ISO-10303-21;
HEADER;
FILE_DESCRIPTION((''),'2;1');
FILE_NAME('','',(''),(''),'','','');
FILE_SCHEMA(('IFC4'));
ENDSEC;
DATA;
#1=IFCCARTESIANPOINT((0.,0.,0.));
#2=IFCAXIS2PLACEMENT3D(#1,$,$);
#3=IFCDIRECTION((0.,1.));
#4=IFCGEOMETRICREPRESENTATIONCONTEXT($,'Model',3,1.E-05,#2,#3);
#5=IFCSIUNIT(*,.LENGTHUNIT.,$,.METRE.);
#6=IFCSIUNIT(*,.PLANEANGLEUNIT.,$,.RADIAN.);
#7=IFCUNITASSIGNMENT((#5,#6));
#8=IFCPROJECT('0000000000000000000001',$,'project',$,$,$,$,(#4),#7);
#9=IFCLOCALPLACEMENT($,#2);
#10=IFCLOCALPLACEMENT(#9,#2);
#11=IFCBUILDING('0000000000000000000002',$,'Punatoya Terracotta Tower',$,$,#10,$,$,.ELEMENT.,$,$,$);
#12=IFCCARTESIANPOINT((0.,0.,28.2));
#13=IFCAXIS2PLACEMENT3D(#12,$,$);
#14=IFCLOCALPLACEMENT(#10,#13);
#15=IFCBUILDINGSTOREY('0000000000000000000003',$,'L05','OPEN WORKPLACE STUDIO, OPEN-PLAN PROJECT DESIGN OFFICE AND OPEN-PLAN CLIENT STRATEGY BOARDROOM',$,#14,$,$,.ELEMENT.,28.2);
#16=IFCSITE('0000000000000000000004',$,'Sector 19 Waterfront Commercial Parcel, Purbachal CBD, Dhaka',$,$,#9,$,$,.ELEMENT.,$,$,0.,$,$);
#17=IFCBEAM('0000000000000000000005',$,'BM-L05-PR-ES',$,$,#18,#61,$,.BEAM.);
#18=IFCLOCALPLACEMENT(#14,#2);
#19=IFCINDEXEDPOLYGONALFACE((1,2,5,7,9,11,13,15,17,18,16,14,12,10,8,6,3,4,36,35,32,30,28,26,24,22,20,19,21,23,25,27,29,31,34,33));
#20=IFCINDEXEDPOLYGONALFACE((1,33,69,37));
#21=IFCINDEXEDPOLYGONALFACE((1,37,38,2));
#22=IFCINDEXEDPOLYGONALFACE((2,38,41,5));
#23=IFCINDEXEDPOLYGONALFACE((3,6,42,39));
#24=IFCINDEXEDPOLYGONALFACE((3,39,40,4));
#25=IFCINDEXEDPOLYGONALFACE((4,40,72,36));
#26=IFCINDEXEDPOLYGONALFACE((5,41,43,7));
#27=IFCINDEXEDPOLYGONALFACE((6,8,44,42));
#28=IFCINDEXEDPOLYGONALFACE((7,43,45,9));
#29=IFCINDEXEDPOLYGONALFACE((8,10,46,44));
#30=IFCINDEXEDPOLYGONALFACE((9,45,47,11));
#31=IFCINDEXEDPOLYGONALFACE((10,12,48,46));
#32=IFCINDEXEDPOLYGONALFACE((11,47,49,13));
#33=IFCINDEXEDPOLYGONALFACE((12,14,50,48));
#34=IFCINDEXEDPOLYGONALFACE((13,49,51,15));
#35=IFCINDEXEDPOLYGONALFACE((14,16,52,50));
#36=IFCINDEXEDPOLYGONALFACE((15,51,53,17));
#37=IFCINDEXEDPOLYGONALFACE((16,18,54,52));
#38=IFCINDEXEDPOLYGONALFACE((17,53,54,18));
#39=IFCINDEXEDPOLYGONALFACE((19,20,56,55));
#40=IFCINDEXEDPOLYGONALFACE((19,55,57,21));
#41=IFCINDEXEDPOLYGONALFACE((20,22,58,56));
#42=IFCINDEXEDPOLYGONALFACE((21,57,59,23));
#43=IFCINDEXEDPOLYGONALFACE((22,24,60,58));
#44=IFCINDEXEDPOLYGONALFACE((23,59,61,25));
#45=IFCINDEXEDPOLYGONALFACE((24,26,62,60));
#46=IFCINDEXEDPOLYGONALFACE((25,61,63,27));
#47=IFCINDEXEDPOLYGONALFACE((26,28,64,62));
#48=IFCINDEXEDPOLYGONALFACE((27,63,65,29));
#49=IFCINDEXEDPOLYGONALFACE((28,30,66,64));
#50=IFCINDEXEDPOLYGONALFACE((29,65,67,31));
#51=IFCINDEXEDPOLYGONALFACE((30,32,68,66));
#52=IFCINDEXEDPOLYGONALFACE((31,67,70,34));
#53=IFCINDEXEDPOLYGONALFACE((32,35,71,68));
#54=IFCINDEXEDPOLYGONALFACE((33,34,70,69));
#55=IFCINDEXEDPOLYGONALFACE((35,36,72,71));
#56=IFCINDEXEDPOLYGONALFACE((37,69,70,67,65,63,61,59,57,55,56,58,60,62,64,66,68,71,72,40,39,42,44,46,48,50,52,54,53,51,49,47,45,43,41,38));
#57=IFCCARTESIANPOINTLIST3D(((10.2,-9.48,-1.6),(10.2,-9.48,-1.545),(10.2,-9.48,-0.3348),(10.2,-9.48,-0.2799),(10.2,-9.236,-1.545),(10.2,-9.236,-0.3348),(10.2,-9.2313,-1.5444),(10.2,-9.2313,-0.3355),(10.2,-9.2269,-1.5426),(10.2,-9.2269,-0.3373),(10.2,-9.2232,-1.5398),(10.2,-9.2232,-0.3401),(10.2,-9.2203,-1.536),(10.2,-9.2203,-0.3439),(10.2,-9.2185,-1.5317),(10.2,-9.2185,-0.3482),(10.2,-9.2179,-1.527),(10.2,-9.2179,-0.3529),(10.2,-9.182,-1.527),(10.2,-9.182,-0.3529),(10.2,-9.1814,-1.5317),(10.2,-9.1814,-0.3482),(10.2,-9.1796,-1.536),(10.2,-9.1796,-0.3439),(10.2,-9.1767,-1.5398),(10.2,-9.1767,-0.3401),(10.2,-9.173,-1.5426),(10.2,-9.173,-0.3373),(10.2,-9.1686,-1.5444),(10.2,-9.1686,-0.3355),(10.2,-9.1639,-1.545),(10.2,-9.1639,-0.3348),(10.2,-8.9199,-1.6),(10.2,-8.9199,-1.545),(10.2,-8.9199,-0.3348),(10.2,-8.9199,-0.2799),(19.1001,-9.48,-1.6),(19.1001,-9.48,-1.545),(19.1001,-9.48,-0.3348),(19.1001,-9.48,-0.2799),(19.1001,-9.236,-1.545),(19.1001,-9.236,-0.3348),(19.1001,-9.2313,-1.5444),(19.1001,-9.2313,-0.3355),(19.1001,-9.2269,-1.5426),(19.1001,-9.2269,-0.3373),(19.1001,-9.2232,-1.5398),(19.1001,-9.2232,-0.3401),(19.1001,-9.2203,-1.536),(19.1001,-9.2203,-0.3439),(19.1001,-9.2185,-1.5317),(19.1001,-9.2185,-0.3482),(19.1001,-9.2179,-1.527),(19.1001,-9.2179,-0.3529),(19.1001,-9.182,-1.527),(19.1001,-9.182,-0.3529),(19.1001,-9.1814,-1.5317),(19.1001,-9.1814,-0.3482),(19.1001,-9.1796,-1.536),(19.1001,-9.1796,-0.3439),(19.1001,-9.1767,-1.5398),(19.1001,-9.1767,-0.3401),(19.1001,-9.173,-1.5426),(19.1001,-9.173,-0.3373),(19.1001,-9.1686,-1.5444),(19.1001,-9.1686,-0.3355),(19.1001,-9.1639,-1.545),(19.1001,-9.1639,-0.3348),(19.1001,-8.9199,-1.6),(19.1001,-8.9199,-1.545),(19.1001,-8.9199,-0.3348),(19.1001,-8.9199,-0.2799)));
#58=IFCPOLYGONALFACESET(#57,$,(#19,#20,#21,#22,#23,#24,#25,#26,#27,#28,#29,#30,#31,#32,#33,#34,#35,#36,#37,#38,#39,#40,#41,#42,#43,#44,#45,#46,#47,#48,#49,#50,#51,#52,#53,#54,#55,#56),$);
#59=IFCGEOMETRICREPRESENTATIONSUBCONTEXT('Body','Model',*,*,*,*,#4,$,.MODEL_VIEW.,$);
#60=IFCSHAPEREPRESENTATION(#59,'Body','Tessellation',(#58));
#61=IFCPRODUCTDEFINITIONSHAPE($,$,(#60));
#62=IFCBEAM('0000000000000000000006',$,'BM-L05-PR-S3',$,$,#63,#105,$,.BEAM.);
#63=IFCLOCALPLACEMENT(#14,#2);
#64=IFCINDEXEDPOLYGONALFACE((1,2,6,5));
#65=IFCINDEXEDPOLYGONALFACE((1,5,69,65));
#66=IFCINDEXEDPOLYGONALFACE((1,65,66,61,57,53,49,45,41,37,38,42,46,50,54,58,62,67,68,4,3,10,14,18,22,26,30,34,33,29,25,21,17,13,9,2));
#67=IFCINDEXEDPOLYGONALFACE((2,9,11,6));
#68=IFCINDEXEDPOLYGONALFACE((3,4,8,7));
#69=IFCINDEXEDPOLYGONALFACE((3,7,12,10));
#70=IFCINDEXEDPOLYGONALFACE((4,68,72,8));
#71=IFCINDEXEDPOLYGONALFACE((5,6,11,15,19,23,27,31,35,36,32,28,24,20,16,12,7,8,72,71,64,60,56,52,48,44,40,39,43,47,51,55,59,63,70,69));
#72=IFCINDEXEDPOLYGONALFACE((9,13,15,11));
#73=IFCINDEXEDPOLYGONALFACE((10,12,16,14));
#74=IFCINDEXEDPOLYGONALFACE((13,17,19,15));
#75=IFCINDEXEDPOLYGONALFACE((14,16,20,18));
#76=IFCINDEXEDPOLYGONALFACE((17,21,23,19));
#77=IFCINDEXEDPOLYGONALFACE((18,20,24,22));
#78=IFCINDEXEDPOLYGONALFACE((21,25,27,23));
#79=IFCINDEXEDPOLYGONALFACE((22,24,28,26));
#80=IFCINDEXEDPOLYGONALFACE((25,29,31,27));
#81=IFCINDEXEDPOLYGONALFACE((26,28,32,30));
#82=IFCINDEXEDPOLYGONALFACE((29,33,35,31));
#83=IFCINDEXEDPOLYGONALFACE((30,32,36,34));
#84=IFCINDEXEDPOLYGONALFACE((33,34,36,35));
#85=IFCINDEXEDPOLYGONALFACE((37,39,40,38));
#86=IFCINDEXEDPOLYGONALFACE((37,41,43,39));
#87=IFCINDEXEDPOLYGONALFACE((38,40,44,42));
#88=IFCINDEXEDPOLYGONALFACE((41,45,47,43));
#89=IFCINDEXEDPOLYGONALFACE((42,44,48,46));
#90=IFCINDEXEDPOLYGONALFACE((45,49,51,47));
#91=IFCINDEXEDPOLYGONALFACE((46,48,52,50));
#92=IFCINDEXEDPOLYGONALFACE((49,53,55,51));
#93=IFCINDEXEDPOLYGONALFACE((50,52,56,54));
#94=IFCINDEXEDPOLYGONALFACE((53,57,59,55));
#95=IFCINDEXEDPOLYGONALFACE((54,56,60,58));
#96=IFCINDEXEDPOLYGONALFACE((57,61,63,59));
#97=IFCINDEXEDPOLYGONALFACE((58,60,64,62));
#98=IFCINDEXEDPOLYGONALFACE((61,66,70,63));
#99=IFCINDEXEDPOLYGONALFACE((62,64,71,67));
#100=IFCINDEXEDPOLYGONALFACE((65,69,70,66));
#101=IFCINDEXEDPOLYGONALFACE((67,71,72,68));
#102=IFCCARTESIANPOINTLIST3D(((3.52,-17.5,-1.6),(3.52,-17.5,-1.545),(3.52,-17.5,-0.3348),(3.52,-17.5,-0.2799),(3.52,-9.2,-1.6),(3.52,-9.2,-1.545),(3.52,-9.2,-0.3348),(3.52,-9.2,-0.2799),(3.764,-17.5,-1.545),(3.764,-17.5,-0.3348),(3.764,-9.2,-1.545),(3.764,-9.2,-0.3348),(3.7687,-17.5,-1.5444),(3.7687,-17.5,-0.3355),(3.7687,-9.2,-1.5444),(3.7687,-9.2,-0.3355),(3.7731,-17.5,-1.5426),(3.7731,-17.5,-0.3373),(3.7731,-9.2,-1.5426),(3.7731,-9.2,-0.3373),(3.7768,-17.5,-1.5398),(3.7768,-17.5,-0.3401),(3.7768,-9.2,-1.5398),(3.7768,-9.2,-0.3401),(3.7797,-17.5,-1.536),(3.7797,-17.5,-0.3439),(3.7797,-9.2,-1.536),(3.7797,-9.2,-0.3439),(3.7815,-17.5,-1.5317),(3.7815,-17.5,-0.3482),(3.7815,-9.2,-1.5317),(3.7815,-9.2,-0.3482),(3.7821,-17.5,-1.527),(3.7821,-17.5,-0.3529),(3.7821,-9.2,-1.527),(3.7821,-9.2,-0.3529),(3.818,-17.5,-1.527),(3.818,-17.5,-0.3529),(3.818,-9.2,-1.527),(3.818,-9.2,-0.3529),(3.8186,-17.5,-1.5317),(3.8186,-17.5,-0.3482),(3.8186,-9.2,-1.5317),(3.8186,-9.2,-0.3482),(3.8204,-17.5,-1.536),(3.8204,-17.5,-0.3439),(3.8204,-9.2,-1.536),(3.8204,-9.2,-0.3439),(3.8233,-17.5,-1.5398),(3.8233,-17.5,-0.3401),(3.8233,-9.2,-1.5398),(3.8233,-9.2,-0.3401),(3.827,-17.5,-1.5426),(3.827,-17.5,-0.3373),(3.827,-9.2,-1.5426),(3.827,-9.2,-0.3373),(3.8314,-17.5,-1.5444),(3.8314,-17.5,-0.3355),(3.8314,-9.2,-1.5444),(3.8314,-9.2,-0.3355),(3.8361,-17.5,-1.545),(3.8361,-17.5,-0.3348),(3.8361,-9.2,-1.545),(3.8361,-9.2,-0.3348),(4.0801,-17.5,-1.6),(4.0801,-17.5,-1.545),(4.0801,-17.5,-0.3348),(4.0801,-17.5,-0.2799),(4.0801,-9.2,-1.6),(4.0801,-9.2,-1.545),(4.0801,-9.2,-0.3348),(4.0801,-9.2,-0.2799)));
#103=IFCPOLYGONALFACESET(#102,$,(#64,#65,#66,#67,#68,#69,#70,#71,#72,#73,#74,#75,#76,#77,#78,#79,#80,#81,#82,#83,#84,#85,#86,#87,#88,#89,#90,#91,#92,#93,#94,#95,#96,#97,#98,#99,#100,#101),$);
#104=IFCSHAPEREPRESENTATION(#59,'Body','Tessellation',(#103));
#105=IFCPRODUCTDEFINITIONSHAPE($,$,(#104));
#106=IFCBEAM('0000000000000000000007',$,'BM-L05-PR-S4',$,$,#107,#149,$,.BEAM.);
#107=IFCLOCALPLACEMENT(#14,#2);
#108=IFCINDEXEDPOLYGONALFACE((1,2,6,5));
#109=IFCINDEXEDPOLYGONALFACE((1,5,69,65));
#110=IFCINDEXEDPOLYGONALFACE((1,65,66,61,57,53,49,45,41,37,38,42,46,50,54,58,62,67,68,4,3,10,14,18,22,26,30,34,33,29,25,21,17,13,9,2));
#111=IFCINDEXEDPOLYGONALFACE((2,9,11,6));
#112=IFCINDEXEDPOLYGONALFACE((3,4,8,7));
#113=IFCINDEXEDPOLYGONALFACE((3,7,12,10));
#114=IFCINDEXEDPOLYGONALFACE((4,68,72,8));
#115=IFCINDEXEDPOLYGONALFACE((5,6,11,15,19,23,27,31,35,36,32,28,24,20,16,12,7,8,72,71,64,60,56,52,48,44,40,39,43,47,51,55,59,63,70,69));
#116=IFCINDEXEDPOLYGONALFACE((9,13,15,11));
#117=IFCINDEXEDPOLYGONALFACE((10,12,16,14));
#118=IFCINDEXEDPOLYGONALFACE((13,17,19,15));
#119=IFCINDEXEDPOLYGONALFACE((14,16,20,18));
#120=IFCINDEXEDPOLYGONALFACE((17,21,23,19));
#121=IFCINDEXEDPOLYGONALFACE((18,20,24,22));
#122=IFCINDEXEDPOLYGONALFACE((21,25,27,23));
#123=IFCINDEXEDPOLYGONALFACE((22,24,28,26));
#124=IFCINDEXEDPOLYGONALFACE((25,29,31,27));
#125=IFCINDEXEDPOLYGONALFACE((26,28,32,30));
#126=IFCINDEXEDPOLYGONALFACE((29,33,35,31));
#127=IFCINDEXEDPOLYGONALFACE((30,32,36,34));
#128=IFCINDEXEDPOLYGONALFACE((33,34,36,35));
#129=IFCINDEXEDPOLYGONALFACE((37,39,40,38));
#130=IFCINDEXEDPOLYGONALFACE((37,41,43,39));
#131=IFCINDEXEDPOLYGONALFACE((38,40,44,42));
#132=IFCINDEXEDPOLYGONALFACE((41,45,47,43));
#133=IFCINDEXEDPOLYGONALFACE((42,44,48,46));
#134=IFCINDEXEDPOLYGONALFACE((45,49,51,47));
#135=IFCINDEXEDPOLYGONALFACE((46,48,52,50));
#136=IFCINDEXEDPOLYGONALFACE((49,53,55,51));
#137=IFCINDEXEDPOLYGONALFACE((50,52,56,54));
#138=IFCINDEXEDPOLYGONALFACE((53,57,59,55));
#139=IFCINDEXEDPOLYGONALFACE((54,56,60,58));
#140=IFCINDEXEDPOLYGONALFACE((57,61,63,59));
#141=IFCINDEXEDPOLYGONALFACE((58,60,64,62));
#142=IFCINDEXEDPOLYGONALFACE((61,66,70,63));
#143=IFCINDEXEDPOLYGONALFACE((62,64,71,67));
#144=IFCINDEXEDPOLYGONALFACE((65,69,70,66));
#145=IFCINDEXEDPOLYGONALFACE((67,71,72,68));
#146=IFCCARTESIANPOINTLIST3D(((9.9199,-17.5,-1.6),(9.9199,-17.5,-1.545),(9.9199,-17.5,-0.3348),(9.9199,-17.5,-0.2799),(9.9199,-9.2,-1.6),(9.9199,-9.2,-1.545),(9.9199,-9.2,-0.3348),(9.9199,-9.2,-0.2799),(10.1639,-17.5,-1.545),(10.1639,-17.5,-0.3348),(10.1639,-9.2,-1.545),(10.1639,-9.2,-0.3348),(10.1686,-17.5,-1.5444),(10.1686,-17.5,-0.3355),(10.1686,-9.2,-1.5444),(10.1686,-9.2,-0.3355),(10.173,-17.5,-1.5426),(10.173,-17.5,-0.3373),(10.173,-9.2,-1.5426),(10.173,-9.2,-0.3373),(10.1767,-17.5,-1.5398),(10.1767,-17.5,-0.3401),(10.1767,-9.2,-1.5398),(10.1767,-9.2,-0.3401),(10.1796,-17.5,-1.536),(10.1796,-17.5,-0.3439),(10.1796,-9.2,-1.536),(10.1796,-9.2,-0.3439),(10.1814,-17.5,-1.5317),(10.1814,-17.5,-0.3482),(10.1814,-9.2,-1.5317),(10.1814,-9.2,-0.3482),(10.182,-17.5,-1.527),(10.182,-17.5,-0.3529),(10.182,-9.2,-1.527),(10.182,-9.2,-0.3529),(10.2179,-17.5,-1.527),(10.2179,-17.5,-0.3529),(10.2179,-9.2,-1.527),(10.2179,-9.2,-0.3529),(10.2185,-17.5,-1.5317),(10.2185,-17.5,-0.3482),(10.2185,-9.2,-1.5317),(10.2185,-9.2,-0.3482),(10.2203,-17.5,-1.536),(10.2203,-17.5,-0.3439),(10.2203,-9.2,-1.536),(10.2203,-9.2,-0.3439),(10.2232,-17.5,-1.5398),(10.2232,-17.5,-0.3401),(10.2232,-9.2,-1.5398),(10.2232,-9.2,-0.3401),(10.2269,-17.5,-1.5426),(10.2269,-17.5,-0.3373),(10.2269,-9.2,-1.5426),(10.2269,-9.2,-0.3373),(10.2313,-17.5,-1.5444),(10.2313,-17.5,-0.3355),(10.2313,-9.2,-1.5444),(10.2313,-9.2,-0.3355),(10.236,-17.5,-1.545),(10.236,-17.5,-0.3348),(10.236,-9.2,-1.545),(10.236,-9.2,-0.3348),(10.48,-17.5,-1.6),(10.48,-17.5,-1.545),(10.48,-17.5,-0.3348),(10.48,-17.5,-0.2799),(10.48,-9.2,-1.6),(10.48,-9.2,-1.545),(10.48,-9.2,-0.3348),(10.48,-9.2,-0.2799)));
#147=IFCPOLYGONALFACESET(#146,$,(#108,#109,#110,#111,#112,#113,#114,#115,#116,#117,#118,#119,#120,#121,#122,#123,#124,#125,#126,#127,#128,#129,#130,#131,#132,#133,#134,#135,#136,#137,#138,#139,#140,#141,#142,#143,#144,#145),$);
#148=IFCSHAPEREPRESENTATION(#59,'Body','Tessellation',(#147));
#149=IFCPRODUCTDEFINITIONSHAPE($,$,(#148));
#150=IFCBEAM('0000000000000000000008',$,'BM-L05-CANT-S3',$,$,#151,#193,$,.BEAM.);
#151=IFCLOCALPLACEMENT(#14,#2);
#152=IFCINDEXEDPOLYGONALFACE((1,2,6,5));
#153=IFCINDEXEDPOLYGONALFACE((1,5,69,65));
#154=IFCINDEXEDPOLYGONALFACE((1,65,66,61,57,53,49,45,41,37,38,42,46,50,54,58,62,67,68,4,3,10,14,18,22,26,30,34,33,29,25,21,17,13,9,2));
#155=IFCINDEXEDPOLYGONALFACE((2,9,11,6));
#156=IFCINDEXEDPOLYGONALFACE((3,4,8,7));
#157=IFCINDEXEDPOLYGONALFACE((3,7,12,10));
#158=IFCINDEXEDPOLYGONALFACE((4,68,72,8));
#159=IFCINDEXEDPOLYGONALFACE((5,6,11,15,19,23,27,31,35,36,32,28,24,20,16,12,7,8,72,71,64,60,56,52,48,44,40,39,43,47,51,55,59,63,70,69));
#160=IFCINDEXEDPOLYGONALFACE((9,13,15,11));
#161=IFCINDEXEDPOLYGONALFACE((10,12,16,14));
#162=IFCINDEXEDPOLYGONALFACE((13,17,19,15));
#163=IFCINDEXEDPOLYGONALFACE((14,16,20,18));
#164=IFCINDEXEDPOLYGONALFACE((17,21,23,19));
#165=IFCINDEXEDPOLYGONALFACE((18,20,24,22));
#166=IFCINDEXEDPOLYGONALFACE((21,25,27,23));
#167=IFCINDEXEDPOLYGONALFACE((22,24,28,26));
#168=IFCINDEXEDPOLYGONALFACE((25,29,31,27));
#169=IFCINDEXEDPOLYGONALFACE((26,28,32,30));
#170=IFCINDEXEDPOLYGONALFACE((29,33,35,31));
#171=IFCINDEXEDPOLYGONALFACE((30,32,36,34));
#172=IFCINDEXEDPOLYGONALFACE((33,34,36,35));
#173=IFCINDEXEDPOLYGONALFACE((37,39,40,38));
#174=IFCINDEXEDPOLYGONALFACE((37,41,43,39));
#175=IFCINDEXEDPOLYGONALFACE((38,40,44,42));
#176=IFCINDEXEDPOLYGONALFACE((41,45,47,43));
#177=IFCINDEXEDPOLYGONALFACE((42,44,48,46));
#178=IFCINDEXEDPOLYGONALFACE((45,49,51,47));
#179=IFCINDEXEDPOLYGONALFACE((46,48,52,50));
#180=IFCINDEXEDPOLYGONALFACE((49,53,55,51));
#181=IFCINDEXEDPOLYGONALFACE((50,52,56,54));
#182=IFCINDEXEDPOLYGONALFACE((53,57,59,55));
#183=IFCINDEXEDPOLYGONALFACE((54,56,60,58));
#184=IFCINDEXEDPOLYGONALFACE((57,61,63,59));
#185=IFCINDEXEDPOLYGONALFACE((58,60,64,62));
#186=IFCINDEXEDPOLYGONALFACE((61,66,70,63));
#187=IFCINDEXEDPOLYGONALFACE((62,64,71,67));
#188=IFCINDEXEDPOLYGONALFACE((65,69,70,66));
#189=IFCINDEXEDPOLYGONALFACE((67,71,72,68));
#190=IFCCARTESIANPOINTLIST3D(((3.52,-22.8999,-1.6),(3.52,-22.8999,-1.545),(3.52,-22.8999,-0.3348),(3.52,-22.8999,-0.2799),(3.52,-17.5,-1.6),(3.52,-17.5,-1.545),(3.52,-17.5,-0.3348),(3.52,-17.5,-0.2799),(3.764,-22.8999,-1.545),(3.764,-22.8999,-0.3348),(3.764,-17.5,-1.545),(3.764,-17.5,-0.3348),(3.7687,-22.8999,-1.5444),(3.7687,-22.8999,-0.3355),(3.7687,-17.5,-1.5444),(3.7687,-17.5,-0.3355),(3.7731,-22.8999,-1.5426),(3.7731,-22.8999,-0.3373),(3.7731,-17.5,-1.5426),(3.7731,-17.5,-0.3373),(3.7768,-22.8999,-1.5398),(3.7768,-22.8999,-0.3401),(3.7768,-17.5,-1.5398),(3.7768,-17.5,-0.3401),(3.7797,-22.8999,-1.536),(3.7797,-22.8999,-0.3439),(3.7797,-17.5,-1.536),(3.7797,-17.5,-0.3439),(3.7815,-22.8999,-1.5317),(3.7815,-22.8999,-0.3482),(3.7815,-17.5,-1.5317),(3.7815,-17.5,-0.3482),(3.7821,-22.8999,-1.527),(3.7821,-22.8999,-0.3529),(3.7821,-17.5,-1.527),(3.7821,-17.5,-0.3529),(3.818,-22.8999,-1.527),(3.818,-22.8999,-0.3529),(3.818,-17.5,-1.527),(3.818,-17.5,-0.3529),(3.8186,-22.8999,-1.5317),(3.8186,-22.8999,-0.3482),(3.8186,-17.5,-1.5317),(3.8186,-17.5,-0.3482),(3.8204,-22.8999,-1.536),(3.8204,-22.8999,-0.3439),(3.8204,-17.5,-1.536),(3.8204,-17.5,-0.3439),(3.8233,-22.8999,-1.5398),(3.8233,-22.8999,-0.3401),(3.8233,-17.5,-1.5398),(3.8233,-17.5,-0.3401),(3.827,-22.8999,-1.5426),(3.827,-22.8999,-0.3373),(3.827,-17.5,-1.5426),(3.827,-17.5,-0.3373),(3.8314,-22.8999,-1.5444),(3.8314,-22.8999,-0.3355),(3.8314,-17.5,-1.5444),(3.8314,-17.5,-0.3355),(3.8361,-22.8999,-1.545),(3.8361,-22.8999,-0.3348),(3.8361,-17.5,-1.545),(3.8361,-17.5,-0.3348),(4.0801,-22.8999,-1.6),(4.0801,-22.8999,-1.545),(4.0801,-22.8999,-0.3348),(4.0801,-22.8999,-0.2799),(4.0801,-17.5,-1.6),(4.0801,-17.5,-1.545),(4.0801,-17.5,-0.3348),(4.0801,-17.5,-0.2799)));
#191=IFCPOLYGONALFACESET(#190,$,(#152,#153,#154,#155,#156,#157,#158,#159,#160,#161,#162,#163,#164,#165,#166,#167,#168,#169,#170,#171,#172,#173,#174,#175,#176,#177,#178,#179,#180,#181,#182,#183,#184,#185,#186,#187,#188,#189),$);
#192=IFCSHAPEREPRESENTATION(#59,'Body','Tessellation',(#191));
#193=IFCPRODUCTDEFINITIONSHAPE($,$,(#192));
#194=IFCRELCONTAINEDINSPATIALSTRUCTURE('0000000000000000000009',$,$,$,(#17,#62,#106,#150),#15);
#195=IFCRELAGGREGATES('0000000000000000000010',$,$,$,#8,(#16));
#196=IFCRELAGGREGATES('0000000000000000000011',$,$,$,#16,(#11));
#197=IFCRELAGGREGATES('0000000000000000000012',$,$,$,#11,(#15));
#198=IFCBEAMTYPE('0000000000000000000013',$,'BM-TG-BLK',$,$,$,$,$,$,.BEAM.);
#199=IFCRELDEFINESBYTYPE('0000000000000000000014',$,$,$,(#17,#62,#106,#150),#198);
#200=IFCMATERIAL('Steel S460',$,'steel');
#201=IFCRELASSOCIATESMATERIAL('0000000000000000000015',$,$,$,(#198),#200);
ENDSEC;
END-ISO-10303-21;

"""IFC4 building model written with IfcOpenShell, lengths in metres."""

from ifc_helpers import new_model, si_unit, direction, frame, origin, origin_2d, place, context, subcontext, project, spatial, i_section, extrude, material, material_profile, profile_set, type_object, element, save


model = new_model("IFC4")

# Units and contexts
model_context = context("Model", 3, precision=1e-05, world=origin(), true_north=direction((0.0, 1.0)))
body_context = subcontext(model_context, "Body", "Model", "MODEL_VIEW")
ifc_project = project(units=[si_unit("LENGTHUNIT", "METRE"), si_unit("PLANEANGLEUNIT", "RADIAN")], contexts=[model_context])

# Site, building, storey
site_placement = place(None, origin())
site = spatial("IfcSite", under=ifc_project, at=site_placement, Name="Sector 19 Waterfront Commercial Parcel, Purbachal CBD, Dhaka", CompositionType="ELEMENT", RefElevation=0.0)
building_placement = place(site_placement, origin())
building = spatial("IfcBuilding", under=site, at=building_placement, Name="Punatoya Terracotta Tower", CompositionType="ELEMENT")
storey_placement = place(building_placement, frame((0.0, 0.0, 28.2)))
storey = spatial("IfcBuildingStorey", under=building, at=storey_placement, Name="L05", Description="OPEN WORKPLACE STUDIO, OPEN-PLAN PROJECT DESIGN OFFICE AND OPEN-PLAN CLIENT STRATEGY BOARDROOM", CompositionType="ELEMENT", Elevation=28.2)

# Shared definitions
ifc_material_1 = material(Name="Steel S460", Category="steel")

# Beams
ifc_material_profile_1 = material_profile(ifc_material_1, i_section(OverallWidth=0.5601, OverallDepth=1.3201, WebThickness=0.0359, FlangeThickness=0.0549, FilletRadius=0.0181, at=origin_2d()))
ifc_profile_set_1 = profile_set([ifc_material_profile_1], Name="Steel S460")
beam_type_1 = type_object("IfcBeamType", Name="BM-TG-BLK", PredefinedType="BEAM", material=ifc_profile_set_1)
beam_1_placement = place(storey_placement, frame((10.2, -9.2, -0.9399), z_axis=(1.0, 0.0, 0.0), x_axis=(0.0, 1.0, 0.0)))
element("IfcBeam", 1, at=beam_1_placement, inside=storey, type_object=beam_type_1, Name="BM-L05-PR-ES", PredefinedType="BEAM", context=body_context, shape_type="SweptSolid", body=[
    extrude(i_section(OverallWidth=0.5601, OverallDepth=1.3201, WebThickness=0.0359, FlangeThickness=0.0549, FilletRadius=0.0181, at=origin_2d()), origin(), (0.0, 0.0, 1.0), 8.9001),
])
for number, where, z_axis, x_axis, name in (
    (2, (3.8, -17.5, -0.9399), (0.0, 1.0, 0.0), (-1.0, 0.0, 0.0), "BM-L05-PR-S3"),
    (3, (10.2, -17.5, -0.9399), (0.0, 1.0, 0.0), (-1.0, 0.0, 0.0), "BM-L05-PR-S4"),
):
    element("IfcBeam", number, at=place(storey_placement, frame(where, z_axis=z_axis, x_axis=x_axis)), inside=storey, type_object=beam_type_1, Name=name, PredefinedType="BEAM", context=body_context, shape_type="SweptSolid", body=[
        extrude(i_section(OverallWidth=0.5601, OverallDepth=1.3201, WebThickness=0.0359, FlangeThickness=0.0549, FilletRadius=0.0181, at=origin_2d()), origin(), (0.0, 0.0, 1.0), 8.3),
    ])
beam_2_placement = place(storey_placement, frame((3.8, -22.8999, -0.9399), z_axis=(0.0, 1.0, 0.0), x_axis=(-1.0, 0.0, 0.0)))
element("IfcBeam", 4, at=beam_2_placement, inside=storey, type_object=beam_type_1, Name="BM-L05-CANT-S3", PredefinedType="BEAM", context=body_context, shape_type="SweptSolid", body=[
    extrude(i_section(OverallWidth=0.5601, OverallDepth=1.3201, WebThickness=0.0359, FlangeThickness=0.0549, FilletRadius=0.0181, at=origin_2d()), origin(), (0.0, 0.0, 1.0), 5.3999),
])

save(model, "model.ifc")
